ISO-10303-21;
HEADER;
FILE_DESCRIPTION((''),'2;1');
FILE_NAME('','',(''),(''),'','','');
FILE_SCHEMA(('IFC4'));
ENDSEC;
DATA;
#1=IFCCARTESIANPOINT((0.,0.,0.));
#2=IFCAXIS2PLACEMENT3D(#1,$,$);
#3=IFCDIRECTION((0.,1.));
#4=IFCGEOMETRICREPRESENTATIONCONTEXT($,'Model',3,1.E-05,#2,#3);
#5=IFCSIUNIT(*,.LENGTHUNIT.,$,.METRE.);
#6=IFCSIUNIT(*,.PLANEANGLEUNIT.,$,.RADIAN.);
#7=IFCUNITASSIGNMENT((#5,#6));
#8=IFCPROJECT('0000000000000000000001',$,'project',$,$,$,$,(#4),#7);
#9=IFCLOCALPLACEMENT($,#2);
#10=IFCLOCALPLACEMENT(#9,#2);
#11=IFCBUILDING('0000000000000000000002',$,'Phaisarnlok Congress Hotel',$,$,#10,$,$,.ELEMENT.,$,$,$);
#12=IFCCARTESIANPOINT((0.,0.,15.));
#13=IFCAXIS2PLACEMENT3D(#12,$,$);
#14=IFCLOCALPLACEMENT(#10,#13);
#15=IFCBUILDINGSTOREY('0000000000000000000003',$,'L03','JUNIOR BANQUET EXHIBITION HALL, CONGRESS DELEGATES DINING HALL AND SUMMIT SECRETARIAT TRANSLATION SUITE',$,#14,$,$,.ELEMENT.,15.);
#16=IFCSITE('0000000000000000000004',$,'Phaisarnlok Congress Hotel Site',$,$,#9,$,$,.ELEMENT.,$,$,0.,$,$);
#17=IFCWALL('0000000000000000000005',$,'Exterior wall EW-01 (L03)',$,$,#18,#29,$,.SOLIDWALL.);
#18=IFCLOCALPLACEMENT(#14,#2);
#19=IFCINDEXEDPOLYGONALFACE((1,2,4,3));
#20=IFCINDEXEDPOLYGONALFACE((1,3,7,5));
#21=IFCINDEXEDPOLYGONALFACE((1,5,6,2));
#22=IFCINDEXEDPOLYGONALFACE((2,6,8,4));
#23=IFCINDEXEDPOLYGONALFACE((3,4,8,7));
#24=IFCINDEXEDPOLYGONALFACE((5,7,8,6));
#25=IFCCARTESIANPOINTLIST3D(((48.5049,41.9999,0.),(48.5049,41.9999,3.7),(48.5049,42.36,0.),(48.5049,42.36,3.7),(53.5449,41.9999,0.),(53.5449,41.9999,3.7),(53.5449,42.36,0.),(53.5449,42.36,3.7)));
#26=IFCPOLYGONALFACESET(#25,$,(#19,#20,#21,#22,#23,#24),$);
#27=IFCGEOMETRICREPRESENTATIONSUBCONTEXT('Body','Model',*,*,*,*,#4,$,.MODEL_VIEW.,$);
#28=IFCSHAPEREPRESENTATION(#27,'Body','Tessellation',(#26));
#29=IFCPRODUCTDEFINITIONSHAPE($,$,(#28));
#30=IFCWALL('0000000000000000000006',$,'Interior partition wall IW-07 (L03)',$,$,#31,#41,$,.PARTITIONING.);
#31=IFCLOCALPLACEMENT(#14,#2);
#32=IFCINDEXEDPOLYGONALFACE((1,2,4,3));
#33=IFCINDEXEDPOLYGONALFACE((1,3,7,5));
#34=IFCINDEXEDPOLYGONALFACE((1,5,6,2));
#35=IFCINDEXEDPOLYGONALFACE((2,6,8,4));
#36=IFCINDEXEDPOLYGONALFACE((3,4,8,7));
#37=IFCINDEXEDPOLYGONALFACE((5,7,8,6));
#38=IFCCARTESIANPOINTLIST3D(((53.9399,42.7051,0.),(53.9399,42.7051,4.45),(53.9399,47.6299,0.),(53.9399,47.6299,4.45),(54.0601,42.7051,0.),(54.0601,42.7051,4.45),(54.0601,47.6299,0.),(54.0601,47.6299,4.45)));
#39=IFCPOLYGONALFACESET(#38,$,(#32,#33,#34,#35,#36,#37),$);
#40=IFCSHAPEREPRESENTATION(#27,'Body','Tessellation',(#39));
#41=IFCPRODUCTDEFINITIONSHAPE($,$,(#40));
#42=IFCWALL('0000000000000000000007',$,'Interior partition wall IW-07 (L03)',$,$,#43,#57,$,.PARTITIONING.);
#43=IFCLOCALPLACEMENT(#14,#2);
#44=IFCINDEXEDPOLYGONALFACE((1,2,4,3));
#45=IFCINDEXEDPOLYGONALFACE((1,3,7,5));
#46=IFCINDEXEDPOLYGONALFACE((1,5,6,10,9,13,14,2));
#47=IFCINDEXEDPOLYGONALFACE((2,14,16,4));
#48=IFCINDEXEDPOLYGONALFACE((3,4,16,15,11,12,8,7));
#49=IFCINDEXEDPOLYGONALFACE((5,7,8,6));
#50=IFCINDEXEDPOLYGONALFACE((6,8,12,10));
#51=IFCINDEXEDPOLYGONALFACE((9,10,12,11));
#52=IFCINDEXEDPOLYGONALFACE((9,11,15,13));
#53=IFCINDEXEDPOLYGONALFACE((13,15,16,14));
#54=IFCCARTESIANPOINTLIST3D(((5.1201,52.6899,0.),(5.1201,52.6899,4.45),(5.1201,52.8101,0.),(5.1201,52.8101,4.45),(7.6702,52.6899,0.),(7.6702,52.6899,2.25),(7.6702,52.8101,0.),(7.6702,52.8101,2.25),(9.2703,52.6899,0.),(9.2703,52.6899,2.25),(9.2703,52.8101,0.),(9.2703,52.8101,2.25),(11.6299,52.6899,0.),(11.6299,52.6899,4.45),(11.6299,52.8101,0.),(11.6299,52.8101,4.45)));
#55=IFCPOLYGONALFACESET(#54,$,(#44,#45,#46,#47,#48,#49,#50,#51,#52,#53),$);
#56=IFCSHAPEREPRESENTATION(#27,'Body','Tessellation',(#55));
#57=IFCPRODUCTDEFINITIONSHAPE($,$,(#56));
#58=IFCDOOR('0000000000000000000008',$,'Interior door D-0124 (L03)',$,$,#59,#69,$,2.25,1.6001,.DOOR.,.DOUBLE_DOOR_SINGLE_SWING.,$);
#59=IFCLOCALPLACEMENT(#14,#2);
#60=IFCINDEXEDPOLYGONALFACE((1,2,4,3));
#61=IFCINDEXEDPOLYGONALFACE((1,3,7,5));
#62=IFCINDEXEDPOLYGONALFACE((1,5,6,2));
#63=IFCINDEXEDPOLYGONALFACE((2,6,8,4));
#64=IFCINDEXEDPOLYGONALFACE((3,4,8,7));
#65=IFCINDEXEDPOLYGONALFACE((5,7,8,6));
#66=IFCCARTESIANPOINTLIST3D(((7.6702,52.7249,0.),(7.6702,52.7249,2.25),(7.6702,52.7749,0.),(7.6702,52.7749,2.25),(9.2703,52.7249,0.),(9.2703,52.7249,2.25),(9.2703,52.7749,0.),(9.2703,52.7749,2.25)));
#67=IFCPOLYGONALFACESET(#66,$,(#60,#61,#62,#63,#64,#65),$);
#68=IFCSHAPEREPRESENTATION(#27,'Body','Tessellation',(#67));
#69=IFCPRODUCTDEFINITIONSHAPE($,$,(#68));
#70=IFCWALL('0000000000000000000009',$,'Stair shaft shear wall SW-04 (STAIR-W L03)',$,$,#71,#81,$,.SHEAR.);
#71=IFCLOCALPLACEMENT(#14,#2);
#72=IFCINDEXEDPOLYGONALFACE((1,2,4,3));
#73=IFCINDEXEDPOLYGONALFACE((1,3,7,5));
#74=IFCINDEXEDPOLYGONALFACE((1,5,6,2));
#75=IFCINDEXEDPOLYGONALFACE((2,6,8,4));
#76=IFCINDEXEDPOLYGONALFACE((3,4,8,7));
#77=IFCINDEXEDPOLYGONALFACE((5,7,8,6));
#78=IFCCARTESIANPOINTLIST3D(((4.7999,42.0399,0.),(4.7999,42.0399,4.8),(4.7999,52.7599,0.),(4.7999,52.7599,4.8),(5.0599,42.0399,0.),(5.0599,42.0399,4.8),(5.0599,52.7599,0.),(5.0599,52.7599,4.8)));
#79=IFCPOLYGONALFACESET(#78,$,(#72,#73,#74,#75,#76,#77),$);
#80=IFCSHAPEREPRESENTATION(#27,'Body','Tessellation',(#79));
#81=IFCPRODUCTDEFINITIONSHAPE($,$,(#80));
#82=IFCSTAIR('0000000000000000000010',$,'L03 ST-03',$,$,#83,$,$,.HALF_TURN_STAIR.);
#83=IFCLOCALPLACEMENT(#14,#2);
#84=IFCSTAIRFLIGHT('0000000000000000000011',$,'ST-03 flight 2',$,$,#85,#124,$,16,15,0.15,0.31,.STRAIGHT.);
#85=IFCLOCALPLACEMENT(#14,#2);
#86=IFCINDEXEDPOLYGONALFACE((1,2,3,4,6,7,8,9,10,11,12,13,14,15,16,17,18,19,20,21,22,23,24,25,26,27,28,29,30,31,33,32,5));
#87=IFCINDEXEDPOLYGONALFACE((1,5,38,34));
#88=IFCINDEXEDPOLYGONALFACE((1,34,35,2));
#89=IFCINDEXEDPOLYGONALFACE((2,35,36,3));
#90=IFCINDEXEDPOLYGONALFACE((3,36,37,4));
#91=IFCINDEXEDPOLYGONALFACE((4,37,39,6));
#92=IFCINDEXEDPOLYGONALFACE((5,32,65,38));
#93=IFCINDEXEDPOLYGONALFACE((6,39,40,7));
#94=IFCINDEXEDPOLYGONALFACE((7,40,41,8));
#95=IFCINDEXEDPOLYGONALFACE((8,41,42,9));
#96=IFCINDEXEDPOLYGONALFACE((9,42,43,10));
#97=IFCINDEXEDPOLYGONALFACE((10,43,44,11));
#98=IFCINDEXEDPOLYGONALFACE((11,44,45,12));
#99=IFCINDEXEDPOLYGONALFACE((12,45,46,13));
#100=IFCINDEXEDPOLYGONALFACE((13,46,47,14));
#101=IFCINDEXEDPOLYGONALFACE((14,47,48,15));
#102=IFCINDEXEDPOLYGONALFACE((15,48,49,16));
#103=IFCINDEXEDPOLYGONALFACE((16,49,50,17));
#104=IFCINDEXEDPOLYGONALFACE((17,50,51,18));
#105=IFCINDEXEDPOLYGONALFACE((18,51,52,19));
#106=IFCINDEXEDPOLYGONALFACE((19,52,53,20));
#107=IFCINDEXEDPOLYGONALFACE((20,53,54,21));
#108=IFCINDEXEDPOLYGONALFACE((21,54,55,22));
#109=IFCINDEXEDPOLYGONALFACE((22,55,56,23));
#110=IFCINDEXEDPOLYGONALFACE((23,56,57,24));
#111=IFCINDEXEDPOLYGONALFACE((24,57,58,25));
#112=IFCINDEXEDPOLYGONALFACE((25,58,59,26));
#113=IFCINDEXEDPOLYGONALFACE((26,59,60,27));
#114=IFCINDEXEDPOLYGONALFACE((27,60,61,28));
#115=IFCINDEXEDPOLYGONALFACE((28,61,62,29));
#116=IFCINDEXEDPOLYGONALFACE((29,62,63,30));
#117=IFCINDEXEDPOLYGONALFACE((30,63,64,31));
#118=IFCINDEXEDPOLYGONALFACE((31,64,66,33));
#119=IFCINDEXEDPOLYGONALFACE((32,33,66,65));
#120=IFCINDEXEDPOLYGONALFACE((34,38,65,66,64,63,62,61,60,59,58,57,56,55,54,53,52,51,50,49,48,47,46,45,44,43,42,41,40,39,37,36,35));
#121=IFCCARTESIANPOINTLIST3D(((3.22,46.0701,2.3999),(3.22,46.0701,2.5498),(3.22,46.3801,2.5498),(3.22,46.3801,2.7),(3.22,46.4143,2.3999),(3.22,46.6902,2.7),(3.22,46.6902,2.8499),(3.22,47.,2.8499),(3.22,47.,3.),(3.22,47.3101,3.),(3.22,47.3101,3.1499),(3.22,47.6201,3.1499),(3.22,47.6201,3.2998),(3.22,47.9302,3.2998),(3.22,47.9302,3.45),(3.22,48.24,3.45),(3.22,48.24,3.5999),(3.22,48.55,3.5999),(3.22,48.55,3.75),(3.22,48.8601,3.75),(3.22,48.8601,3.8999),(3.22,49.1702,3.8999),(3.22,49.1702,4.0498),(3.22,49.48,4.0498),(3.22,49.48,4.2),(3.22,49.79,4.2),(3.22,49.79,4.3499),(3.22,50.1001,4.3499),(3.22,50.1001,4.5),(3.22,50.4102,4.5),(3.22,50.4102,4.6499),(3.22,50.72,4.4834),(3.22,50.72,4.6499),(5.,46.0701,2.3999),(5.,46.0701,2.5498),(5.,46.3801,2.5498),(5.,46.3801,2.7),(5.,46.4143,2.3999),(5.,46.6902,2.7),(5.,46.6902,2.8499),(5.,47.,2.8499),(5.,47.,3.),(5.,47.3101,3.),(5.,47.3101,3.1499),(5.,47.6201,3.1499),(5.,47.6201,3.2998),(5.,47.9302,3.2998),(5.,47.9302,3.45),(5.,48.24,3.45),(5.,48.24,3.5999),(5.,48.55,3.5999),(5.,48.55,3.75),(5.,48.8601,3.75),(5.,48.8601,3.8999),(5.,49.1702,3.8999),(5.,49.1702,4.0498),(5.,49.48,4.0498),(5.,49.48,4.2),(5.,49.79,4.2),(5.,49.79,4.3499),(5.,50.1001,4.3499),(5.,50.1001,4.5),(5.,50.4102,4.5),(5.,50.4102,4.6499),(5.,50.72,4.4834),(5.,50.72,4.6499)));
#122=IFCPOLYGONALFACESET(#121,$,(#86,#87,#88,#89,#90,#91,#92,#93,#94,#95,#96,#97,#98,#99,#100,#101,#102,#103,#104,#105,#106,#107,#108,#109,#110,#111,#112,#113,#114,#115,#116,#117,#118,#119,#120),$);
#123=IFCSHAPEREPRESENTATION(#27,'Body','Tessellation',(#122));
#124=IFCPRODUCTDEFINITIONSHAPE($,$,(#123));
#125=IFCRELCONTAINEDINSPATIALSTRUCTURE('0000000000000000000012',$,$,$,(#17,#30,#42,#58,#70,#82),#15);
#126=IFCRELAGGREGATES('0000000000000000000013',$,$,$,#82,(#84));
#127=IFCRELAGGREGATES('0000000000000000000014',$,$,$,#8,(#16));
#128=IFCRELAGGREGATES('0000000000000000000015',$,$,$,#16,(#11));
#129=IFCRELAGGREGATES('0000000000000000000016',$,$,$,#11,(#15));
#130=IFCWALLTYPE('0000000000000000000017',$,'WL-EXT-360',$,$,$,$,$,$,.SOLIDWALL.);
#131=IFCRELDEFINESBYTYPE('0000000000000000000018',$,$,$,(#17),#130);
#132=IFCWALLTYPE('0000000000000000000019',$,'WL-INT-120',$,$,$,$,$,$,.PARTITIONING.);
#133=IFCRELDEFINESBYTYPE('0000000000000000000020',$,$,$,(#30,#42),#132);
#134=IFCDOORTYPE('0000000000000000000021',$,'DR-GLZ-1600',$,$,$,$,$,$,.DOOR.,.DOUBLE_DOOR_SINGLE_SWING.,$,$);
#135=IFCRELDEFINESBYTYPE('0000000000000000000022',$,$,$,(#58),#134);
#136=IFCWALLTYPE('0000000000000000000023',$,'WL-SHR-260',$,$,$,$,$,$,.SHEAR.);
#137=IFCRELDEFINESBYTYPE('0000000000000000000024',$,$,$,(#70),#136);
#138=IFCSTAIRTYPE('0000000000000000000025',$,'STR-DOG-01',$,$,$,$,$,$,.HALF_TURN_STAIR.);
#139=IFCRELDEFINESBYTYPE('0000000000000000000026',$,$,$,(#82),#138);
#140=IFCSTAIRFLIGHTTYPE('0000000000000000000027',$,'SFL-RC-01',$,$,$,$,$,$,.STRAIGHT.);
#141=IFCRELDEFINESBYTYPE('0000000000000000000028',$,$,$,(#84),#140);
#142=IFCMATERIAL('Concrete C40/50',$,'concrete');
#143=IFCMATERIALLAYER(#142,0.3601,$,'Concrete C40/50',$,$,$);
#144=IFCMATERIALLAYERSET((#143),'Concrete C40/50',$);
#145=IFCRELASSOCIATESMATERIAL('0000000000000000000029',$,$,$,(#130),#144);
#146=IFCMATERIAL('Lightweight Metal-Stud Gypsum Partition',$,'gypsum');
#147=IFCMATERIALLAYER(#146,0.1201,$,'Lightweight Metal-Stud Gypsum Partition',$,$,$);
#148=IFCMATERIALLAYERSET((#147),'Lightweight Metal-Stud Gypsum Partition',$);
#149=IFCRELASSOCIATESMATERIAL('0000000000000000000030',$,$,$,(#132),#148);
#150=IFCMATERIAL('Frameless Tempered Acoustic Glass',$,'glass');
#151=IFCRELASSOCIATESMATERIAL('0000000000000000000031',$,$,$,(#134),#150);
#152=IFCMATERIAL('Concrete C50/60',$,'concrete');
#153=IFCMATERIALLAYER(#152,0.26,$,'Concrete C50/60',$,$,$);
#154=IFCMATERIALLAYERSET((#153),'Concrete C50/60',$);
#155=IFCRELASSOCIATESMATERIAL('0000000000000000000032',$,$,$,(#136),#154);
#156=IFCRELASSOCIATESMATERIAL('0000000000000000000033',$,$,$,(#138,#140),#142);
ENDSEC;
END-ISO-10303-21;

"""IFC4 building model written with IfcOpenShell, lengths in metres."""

from ifc_helpers import new_model, si_unit, direction, frame, frame_2d, origin, place, context, subcontext, project, spatial, polyline, rectangle, outline, extrude, material, layer, layer_set, type_object, element, fill, aggregate, save


model = new_model("IFC4")

# Units and contexts
model_context = context("Model", 3, precision=1e-05, world=origin(), true_north=direction((0.0, 1.0)))
body_context = subcontext(model_context, "Body", "Model", "MODEL_VIEW")
ifc_project = project(units=[si_unit("LENGTHUNIT", "METRE"), si_unit("PLANEANGLEUNIT", "RADIAN")], contexts=[model_context])

# Site, building, storey
site_placement = place(None, origin())
site = spatial("IfcSite", under=ifc_project, at=site_placement, Name="Phaisarnlok Congress Hotel Site", CompositionType="ELEMENT", RefElevation=0.0)
building_placement = place(site_placement, origin())
building = spatial("IfcBuilding", under=site, at=building_placement, Name="Phaisarnlok Congress Hotel", CompositionType="ELEMENT")
storey_placement = place(building_placement, frame((0.0, 0.0, 15.0)))
storey = spatial("IfcBuildingStorey", under=building, at=storey_placement, Name="L03", Description="JUNIOR BANQUET EXHIBITION HALL, CONGRESS DELEGATES DINING HALL AND SUMMIT SECRETARIAT TRANSLATION SUITE", CompositionType="ELEMENT", Elevation=15.0)

# Shared definitions
ifc_material_1 = material(Name="Concrete C50/60", Category="concrete")

# Shared definitions
ifc_material_2 = material(Name="Concrete C40/50", Category="concrete")

# Walls
ifc_layer_1 = layer(ifc_material_2, 0.3601, Name="Concrete C40/50")
ifc_layer_set_1 = layer_set([ifc_layer_1], Name="Concrete C40/50")
wall_type_1 = type_object("IfcWallType", Name="WL-EXT-360", PredefinedType="SOLIDWALL", material=ifc_layer_set_1)
for number, where, z_axis, x_axis, name in (
    (1, (48.5049, 42.1799, 0.0), (0.0, 0.0, 1.0), (1.0, 0.0, 0.0), "Exterior wall EW-01 (L03)"),
):
    element("IfcWall", number, at=place(storey_placement, frame(where, z_axis=z_axis, x_axis=x_axis)), inside=storey, type_object=wall_type_1, Name=name, PredefinedType="SOLIDWALL", context=body_context, shape_type="SweptSolid", body=[
        extrude(rectangle(XDim=5.04, YDim=0.3601, at=frame_2d((2.52, 0.0))), origin(), (0.0, 0.0, 1.0), 3.7),
    ])
ifc_material_3 = material(Name="Lightweight Metal-Stud Gypsum Partition", Category="gypsum")
ifc_layer_2 = layer(ifc_material_3, 0.1201, Name="Lightweight Metal-Stud Gypsum Partition")
ifc_layer_set_2 = layer_set([ifc_layer_2], Name="Lightweight Metal-Stud Gypsum Partition")
wall_type_2 = type_object("IfcWallType", Name="WL-INT-120", PredefinedType="PARTITIONING", material=ifc_layer_set_2)
wall_1_placement = place(storey_placement, frame((54.0, 42.7051, 0.0), z_axis=(0.0, 0.0, 1.0), x_axis=(0.0, 1.0, 0.0)))
element("IfcWall", 2, at=wall_1_placement, inside=storey, type_object=wall_type_2, Name="Interior partition wall IW-07 (L03)", PredefinedType="PARTITIONING", context=body_context, shape_type="SweptSolid", body=[
    extrude(rectangle(XDim=4.9248, YDim=0.1201, at=frame_2d((2.4624, 0.0))), origin(), (0.0, 0.0, 1.0), 4.45),
])

# Wall, opening, door
wall_2_placement = place(storey_placement, frame((5.1201, 52.75, 0.0), z_axis=(0.0, 0.0, 1.0), x_axis=(1.0, 0.0, 0.0)))
wall_2 = element("IfcWall", 3, at=wall_2_placement, inside=storey, type_object=wall_type_2, Name="Interior partition wall IW-07 (L03)", PredefinedType="PARTITIONING", context=body_context, shape_type="SweptSolid", body=[
    extrude(rectangle(XDim=6.5098, YDim=0.1201, at=frame_2d((3.2549, 0.0))), origin(), (0.0, 0.0, 1.0), 4.45),
])
opening_placement = place(wall_2_placement, frame((2.55, 0.0, 0.0)))
opening = element("IfcOpeningElement", 4, at=opening_placement, cuts=wall_2, PredefinedType="OPENING", context=body_context, shape_type="SweptSolid", body=[
    extrude(rectangle(XDim=1.6001, YDim=2.25, at=frame_2d((0.8, 1.125))), frame((0.0, 0.0701, 0.0), z_axis=(0.0, -1.0, 0.0), x_axis=(1.0, 0.0, 0.0)), (0.0, 0.0, 1.0), 0.1401),
])
ifc_material_4 = material(Name="Frameless Tempered Acoustic Glass", Category="glass")
door_type = type_object("IfcDoorType", Name="DR-GLZ-1600", OperationType="DOUBLE_DOOR_SINGLE_SWING", PredefinedType="DOOR", material=ifc_material_4)
door_placement = place(opening_placement, origin())
door = element("IfcDoor", 5, at=door_placement, inside=storey, type_object=door_type, Name="Interior door D-0124 (L03)", OperationType="DOUBLE_DOOR_SINGLE_SWING", OverallHeight=2.25, OverallWidth=1.6001, PredefinedType="DOOR", context=body_context, shape_type="SweptSolid", body=[
    extrude(rectangle(XDim=1.6001, YDim=2.25, at=frame_2d((0.8, 1.125))), frame((0.0, 0.0249, 0.0), z_axis=(0.0, -1.0, 0.0), x_axis=(1.0, 0.0, 0.0)), (0.0, 0.0, 1.0), 0.05),
])
fill(opening, door)

# Wall
ifc_layer_3 = layer(ifc_material_1, 0.26, Name="Concrete C50/60")
ifc_layer_set_3 = layer_set([ifc_layer_3], Name="Concrete C50/60")
wall_type_3 = type_object("IfcWallType", Name="WL-SHR-260", PredefinedType="SHEAR", material=ifc_layer_set_3)
wall_3_placement = place(storey_placement, frame((4.9299, 42.04, 0.0), z_axis=(0.0, 0.0, 1.0), x_axis=(0.0, 1.0, 0.0)))
element("IfcWall", 6, at=wall_3_placement, inside=storey, type_object=wall_type_3, Name="Stair shaft shear wall SW-04 (STAIR-W L03)", PredefinedType="SHEAR", context=body_context, shape_type="SweptSolid", body=[
    extrude(rectangle(XDim=10.72, YDim=0.26, at=frame_2d((5.3599, 0.0))), origin(), (0.0, 0.0, 1.0), 4.8),
])

# Stair, stair flight
stair_type = type_object("IfcStairType", Name="STR-DOG-01", PredefinedType="HALF_TURN_STAIR", material=ifc_material_2)
stair_placement = place(storey_placement, origin())
stair = element("IfcStair", 7, at=stair_placement, inside=storey, type_object=stair_type, Name="L03 ST-03", PredefinedType="HALF_TURN_STAIR")
stair_flight_type = type_object("IfcStairFlightType", Name="SFL-RC-01", PredefinedType="STRAIGHT", material=ifc_material_2)
stair_flight_placement = place(storey_placement, frame((4.1101, 46.0701, 2.3999), z_axis=(0.0, 0.0, 1.0), x_axis=(0.0, 1.0, 0.0)))
stair_flight = element("IfcStairFlight", 8, at=stair_flight_placement, type_object=stair_flight_type, Name="ST-03 flight 2", NumberOfRisers=16, NumberOfTreads=15, PredefinedType="STRAIGHT", RiserHeight=0.15, TreadLength=0.31, context=body_context, shape_type="SweptSolid", body=[
    extrude(outline(polyline([(0.0, 0.0), (0.0, 0.1499), (0.3101, 0.1499), (0.3101, 0.3), (0.6201, 0.3), (0.6201, 0.45), (0.9299, 0.45), (0.9299, 0.6001), (1.24, 0.6001), (1.24, 0.75), (1.55, 0.75), (1.55, 0.8999), (1.8601, 0.8999), (1.8601, 1.05), (2.1699, 1.05), (2.1699, 1.2), (2.48, 1.2), (2.48, 1.3501), (2.79, 1.3501), (2.79, 1.5), (3.1001, 1.5), (3.1001, 1.6499), (3.4099, 1.6499), (3.4099, 1.8), (3.72, 1.8), (3.72, 1.95), (4.03, 1.95), (4.03, 2.1001), (4.3401, 2.1001), (4.3401, 2.25), (4.6499, 2.25), (4.6499, 2.3999), (4.6499, 2.0835), (0.3442, 0.0), (0.0, 0.0)])), frame((0.0, 0.8901, 0.0), z_axis=(0.0, -1.0, 0.0), x_axis=(1.0, 0.0, 0.0)), (0.0, 0.0, 1.0), 1.78),
])
aggregate(stair, [stair_flight])

save(model, "model.ifc")
